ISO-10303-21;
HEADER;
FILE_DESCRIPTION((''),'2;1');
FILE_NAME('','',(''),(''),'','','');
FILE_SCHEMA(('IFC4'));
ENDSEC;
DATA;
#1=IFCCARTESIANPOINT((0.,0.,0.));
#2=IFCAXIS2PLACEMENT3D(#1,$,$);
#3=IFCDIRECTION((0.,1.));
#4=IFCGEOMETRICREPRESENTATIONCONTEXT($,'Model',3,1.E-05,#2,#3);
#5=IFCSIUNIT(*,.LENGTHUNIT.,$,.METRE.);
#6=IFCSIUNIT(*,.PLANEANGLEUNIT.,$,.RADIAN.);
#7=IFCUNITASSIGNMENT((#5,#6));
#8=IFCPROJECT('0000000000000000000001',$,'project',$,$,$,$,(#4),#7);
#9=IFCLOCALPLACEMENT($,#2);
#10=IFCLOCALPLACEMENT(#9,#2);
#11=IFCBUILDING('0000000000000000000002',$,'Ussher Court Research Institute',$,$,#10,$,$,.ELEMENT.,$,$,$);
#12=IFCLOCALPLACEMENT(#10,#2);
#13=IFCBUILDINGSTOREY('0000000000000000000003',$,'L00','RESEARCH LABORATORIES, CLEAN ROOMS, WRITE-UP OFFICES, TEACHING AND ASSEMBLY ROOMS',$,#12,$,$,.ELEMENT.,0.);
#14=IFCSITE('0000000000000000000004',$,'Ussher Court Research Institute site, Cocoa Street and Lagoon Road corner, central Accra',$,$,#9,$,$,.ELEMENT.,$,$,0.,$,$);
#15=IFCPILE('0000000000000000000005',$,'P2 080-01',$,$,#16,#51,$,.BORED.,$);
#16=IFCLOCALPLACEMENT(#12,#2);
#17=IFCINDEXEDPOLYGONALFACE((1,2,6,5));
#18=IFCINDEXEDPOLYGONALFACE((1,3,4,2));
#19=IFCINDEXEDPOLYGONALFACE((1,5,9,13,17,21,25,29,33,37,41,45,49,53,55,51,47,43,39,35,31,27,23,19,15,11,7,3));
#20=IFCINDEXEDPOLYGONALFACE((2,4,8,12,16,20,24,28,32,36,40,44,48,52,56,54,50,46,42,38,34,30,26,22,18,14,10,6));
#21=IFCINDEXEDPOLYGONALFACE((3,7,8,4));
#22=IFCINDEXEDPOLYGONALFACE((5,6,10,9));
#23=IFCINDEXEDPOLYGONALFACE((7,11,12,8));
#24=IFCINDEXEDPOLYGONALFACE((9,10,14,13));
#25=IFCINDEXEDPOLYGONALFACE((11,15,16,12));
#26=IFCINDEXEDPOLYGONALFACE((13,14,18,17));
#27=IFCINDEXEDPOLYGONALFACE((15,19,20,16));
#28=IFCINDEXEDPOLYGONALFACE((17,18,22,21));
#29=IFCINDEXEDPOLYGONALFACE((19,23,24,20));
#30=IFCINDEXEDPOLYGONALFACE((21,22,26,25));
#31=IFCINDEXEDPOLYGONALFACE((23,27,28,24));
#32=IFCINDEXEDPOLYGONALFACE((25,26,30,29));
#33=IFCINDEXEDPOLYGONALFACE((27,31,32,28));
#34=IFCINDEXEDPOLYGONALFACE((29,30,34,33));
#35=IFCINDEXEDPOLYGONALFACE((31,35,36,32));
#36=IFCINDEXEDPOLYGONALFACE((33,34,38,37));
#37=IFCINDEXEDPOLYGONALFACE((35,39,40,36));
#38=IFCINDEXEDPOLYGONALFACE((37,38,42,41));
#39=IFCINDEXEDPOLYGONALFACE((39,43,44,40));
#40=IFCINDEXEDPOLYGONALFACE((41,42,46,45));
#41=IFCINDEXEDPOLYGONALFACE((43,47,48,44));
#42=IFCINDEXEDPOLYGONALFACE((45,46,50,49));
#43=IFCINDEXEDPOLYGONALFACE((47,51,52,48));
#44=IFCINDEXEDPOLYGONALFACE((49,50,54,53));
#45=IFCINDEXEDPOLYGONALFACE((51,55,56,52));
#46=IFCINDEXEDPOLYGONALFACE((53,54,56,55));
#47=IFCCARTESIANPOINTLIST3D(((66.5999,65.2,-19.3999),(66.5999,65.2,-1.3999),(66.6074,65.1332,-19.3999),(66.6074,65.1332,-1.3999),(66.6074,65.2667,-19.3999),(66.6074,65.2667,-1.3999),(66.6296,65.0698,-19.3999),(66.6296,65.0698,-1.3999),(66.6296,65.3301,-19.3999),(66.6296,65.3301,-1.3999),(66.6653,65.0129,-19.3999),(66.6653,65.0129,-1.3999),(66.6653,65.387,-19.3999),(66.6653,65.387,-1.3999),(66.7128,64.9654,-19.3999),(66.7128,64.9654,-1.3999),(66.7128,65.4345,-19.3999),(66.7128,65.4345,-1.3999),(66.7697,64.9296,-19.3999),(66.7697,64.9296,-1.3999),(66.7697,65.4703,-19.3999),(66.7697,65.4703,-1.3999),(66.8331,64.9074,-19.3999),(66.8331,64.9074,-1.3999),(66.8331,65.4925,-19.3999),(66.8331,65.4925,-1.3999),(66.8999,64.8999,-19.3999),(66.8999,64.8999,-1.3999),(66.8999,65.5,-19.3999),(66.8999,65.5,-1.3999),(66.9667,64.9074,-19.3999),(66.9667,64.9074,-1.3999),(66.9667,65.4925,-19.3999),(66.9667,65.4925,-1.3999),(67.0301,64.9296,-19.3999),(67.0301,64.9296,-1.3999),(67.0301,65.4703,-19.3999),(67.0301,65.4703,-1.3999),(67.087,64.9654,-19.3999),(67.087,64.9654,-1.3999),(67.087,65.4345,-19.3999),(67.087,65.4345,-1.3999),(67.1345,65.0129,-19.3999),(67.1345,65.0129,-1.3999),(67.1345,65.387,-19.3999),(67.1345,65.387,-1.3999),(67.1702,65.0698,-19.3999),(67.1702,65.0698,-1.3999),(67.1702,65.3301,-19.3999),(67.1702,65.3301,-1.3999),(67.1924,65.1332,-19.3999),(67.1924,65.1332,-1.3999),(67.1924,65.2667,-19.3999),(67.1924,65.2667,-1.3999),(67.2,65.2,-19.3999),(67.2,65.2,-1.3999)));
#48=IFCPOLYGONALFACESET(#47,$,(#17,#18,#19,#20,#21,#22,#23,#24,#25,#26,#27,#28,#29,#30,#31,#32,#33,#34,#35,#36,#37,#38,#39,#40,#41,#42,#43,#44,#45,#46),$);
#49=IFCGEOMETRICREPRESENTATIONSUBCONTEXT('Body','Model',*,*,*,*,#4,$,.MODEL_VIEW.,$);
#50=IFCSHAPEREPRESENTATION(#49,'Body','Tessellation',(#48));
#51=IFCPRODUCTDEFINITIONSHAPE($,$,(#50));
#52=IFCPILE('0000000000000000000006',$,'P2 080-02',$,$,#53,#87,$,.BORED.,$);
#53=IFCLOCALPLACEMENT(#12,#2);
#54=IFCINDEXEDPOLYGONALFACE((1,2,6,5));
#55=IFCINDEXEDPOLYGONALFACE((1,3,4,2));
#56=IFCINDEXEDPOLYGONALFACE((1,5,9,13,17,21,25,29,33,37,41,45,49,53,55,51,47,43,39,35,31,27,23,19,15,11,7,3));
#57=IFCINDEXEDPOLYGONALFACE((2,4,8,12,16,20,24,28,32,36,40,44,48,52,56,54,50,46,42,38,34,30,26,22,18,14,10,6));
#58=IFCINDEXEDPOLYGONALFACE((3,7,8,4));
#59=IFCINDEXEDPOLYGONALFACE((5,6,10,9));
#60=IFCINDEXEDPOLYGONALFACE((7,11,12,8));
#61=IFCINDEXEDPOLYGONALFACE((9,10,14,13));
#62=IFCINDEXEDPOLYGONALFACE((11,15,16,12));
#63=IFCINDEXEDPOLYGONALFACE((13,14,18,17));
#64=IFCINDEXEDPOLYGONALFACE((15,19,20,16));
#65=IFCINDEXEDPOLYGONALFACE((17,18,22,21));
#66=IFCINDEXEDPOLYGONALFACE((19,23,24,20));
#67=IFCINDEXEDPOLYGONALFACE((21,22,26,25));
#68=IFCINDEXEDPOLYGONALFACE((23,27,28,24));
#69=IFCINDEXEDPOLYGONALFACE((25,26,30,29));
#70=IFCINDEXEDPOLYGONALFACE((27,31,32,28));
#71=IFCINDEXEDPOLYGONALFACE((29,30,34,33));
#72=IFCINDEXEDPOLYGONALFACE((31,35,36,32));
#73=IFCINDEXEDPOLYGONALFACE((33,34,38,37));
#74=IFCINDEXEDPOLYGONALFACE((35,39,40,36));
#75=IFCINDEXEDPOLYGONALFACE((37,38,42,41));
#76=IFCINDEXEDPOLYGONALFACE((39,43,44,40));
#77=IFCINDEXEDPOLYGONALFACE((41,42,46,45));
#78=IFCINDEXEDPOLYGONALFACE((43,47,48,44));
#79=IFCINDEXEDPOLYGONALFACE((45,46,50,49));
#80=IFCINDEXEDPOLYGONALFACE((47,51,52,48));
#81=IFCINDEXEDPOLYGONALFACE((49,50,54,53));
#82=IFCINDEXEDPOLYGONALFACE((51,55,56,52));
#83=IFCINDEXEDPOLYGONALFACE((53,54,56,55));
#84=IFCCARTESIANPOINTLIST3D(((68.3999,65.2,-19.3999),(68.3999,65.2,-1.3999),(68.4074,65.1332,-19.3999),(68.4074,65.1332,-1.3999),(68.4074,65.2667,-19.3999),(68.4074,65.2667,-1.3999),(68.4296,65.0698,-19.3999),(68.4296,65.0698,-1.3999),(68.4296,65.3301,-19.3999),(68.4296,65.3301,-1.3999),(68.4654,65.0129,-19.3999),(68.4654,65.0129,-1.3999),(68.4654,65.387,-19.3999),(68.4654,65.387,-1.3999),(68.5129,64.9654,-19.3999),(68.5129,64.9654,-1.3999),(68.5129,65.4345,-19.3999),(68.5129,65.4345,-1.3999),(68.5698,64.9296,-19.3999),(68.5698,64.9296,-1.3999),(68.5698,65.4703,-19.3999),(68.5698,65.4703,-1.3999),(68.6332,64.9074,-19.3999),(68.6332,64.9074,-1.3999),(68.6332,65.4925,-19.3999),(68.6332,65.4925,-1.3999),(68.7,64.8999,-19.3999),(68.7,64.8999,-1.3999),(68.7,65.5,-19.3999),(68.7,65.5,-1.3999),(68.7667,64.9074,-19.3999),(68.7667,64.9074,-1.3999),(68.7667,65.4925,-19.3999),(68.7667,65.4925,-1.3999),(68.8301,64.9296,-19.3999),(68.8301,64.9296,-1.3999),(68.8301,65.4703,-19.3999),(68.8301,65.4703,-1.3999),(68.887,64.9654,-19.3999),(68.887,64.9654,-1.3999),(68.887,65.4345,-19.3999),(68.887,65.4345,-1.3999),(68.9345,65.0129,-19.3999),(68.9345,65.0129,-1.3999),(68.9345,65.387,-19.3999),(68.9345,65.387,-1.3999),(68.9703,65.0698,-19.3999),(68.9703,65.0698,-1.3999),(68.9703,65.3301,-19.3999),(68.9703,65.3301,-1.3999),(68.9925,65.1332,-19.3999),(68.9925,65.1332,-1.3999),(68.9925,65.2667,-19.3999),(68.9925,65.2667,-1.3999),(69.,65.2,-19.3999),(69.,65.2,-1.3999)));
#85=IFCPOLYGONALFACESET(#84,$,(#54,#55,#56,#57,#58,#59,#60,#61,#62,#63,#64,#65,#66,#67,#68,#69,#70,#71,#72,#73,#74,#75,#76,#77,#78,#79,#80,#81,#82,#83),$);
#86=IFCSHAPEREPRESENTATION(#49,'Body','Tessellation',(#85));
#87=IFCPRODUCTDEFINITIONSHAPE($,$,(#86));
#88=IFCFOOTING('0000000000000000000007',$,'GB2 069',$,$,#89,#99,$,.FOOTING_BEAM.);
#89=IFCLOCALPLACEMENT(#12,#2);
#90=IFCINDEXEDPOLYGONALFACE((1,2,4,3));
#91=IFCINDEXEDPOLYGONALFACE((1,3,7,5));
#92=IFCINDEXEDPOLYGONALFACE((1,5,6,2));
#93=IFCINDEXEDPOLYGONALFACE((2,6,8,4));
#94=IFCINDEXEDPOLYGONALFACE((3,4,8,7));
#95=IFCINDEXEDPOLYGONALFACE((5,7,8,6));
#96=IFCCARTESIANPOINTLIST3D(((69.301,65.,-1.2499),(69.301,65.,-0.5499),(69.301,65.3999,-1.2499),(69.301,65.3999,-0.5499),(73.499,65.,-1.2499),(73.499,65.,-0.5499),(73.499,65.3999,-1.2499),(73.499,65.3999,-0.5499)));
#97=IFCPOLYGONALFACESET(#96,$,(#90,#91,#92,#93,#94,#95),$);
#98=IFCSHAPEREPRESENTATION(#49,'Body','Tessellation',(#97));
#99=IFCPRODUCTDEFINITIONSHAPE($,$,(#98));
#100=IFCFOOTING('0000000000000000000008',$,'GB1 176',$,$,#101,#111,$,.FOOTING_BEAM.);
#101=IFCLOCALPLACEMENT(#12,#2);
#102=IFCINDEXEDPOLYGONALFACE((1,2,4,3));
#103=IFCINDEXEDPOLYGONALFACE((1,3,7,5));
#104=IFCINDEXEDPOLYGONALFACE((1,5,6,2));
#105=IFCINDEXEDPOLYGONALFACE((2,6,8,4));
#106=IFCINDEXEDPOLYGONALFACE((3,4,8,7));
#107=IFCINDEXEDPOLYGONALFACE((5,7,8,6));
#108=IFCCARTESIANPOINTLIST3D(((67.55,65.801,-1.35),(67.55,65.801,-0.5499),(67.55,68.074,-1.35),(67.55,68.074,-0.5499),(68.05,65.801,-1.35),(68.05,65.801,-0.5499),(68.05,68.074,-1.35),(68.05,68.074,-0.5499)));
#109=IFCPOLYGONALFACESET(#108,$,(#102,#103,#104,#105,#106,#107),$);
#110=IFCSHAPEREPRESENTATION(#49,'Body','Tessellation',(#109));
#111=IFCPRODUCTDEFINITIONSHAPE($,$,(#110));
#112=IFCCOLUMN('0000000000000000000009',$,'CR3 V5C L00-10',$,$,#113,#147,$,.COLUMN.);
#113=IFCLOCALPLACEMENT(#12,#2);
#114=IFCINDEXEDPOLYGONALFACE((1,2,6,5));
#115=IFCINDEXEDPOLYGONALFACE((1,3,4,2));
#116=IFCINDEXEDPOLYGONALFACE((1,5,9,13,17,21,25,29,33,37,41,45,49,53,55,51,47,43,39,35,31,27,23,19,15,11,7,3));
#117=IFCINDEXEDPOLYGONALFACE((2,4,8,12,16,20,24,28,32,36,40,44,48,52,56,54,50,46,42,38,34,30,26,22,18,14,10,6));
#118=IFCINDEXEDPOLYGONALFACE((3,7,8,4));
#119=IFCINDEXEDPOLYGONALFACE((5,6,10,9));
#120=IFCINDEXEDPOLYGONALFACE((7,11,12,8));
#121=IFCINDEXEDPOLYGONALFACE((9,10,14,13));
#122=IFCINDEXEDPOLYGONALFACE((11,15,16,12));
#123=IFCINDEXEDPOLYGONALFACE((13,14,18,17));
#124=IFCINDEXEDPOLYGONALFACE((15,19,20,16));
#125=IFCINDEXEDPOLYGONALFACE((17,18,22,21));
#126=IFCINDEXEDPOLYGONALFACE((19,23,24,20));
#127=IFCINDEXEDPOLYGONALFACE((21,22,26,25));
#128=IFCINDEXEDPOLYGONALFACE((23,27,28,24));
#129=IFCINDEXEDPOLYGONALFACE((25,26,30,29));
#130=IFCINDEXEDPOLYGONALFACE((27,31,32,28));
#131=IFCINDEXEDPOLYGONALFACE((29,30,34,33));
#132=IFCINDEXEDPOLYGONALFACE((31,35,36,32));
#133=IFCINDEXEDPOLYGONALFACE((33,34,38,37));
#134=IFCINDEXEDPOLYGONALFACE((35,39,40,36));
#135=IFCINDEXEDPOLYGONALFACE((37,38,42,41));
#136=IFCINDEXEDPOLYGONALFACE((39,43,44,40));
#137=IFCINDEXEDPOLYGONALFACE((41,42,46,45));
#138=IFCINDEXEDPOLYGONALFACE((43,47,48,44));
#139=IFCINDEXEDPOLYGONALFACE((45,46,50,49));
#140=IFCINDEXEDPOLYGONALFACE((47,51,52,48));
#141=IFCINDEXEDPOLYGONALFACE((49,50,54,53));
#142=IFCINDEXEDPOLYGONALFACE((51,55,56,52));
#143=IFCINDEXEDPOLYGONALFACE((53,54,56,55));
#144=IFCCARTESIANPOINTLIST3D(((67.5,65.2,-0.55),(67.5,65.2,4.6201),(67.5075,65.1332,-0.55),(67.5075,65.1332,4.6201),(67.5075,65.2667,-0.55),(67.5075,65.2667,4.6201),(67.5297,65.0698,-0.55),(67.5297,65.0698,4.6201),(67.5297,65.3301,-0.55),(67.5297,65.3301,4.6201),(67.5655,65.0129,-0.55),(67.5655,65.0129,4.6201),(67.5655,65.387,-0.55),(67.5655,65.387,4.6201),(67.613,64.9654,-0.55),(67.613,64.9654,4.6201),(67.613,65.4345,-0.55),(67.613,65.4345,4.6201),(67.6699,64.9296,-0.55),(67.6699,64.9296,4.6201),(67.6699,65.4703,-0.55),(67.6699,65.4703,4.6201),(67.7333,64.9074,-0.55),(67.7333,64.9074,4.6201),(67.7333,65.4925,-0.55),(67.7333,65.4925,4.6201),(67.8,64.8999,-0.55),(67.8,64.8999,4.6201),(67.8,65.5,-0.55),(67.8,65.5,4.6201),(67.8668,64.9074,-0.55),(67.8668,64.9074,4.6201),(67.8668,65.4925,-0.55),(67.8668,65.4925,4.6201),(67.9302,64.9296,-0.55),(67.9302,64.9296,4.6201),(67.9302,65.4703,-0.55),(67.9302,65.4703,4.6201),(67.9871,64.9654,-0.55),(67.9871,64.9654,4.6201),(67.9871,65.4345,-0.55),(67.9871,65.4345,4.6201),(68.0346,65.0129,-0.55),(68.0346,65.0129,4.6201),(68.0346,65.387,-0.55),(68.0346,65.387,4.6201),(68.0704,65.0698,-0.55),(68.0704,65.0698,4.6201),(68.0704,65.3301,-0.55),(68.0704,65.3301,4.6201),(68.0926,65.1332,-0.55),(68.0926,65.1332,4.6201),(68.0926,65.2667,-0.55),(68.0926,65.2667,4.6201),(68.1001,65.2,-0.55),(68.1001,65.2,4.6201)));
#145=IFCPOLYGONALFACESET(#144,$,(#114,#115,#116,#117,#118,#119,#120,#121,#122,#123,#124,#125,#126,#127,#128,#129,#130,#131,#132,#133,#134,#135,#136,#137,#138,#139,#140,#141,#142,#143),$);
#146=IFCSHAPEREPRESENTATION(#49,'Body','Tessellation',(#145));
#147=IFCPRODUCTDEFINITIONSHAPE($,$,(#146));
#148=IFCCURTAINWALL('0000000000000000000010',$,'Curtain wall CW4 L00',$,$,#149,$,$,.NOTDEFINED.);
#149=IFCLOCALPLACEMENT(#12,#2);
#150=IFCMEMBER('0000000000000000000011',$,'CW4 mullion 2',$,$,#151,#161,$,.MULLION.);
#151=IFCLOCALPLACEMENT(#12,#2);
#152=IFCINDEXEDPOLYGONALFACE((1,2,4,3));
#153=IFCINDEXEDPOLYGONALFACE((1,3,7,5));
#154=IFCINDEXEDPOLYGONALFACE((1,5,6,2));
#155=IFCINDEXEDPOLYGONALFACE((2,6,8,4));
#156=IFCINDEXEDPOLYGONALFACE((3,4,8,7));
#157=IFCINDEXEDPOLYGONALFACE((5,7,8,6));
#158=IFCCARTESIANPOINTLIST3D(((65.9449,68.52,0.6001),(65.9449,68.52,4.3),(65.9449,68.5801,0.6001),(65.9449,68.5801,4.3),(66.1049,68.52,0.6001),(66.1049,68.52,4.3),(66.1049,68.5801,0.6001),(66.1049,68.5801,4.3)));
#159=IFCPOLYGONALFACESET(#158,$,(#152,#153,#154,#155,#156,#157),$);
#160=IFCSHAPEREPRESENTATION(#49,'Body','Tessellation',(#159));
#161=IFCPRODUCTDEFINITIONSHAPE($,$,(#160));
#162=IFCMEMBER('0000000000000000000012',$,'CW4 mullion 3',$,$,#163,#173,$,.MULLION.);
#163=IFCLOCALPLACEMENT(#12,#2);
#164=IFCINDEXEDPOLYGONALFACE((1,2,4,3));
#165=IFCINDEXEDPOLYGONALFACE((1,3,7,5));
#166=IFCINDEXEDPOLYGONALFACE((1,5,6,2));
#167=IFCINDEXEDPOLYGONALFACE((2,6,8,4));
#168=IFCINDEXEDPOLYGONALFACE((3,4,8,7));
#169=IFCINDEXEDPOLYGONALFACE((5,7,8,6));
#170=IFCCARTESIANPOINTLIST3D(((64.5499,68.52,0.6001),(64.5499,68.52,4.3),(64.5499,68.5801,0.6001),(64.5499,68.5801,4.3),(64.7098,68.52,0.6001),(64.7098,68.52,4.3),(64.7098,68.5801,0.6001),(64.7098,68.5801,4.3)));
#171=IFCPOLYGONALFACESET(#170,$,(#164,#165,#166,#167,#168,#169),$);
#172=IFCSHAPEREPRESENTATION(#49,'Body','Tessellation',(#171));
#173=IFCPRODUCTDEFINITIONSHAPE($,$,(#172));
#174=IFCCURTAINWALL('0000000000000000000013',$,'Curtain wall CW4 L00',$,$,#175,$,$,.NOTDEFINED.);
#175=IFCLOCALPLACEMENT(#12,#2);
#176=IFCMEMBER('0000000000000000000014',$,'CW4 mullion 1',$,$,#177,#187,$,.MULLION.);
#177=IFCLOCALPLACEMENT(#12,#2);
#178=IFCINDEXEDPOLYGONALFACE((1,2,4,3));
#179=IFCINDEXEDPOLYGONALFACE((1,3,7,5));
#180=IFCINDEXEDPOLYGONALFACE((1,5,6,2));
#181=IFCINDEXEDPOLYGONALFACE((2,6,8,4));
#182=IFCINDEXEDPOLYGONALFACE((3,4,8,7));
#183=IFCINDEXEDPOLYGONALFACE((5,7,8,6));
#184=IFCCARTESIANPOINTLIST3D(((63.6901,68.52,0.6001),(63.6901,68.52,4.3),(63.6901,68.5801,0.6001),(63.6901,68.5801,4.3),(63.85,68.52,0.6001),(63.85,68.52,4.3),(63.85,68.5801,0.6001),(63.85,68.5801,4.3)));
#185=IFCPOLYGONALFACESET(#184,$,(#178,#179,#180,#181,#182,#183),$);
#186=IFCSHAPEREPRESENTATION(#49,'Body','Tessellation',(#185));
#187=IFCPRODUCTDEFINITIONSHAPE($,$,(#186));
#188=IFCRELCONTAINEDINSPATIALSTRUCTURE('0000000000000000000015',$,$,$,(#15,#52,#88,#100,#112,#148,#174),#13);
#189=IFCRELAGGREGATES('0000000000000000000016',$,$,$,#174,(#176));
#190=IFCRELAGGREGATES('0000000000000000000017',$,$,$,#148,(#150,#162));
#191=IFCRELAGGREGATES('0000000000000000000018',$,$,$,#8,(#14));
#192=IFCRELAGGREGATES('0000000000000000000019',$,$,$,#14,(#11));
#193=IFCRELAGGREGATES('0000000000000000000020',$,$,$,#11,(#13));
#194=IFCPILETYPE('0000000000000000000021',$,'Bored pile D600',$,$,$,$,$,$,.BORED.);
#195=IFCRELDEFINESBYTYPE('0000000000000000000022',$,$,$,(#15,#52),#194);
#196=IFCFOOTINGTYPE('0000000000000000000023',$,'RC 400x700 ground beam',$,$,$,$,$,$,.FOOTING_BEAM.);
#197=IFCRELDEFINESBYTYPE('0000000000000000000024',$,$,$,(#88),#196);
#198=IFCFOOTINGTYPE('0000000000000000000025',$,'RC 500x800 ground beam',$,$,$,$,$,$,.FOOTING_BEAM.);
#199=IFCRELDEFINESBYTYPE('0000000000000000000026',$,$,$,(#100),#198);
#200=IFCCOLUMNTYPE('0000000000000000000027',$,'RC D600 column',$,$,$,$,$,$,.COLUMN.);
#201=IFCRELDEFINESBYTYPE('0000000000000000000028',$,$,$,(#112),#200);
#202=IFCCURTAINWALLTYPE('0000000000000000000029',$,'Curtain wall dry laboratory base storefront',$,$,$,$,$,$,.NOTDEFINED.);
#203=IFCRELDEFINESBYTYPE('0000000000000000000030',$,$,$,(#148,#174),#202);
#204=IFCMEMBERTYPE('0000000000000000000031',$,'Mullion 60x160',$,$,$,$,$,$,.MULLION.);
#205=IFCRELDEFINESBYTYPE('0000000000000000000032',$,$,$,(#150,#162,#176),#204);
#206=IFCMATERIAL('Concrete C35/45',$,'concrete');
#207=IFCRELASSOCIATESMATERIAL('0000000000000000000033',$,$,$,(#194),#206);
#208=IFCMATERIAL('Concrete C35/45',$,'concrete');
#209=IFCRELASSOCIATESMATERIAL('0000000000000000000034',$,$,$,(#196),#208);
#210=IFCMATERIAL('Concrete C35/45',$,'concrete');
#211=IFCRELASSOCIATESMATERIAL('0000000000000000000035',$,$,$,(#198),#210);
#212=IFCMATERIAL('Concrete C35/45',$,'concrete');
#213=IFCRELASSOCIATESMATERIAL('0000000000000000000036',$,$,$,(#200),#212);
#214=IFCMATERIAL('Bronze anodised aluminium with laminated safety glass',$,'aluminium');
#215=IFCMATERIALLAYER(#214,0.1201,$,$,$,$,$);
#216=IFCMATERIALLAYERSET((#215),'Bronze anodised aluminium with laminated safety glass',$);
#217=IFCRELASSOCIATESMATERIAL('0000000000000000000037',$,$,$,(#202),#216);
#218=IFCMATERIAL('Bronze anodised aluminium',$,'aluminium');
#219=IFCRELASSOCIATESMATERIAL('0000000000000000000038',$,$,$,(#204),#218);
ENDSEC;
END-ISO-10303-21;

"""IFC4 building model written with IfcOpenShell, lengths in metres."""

from ifc_helpers import new_model, si_unit, direction, frame, origin, origin_2d, place, context, subcontext, project, spatial, rectangle, circle, extrude, material, layer, layer_set, material_profile, profile_set, type_object, element, aggregate, save


model = new_model("IFC4")

# Units and contexts
model_context = context("Model", 3, precision=1e-05, world=origin(), true_north=direction((0.0, 1.0)))
body_context = subcontext(model_context, "Body", "Model", "MODEL_VIEW")
ifc_project = project(units=[si_unit("LENGTHUNIT", "METRE"), si_unit("PLANEANGLEUNIT", "RADIAN")], contexts=[model_context])

# Site, building, storey
site_placement = place(None, origin())
site = spatial("IfcSite", under=ifc_project, at=site_placement, Name="Ussher Court Research Institute site, Cocoa Street and Lagoon Road corner, central Accra", CompositionType="ELEMENT", RefElevation=0.0)
building_placement = place(site_placement, origin())
building = spatial("IfcBuilding", under=site, at=building_placement, Name="Ussher Court Research Institute", CompositionType="ELEMENT")
storey_placement = place(building_placement, origin())
storey = spatial("IfcBuildingStorey", under=building, at=storey_placement, Name="L00", Description="RESEARCH LABORATORIES, CLEAN ROOMS, WRITE-UP OFFICES, TEACHING AND ASSEMBLY ROOMS", CompositionType="ELEMENT", Elevation=0.0)

# Piles
ifc_material_1 = material(Name="Concrete C35/45", Category="concrete")
ifc_material_profile_1 = material_profile(ifc_material_1, circle(Radius=0.3, at=origin_2d()), Name="RC D600")
ifc_profile_set_1 = profile_set([ifc_material_profile_1], Name="Concrete C35/45")
pile_type = type_object("IfcPileType", Name="Bored pile D600", PredefinedType="BORED", material=ifc_profile_set_1)
for number, where, z_axis, x_axis, name in (
    (1, (66.8999, 65.2, -1.3999), (0.0, 0.0, -1.0), (1.0, 0.0, 0.0), "P2 080-01"),
    (2, (68.7, 65.2, -1.3999), (0.0, 0.0, -1.0), (1.0, 0.0, 0.0), "P2 080-02"),
):
    element("IfcPile", number, at=place(storey_placement, frame(where, z_axis=z_axis, x_axis=x_axis)), inside=storey, type_object=pile_type, Name=name, PredefinedType="BORED", context=body_context, shape_type="SweptSolid", body=[
        extrude(circle(Radius=0.3, at=origin_2d()), origin(), (0.0, 0.0, 1.0), 18.0),
    ])

# Footings
ifc_material_2 = material(Name="Concrete C35/45", Category="concrete")
ifc_material_profile_2 = material_profile(ifc_material_2, rectangle(XDim=0.3999, YDim=0.7, at=origin_2d()), Name="RC 400x700")
ifc_profile_set_2 = profile_set([ifc_material_profile_2], Name="Concrete C35/45")
footing_type_1 = type_object("IfcFootingType", Name="RC 400x700 ground beam", PredefinedType="FOOTING_BEAM", material=ifc_profile_set_2)
footing_1_placement = place(storey_placement, frame((69.301, 65.2, -0.8999), z_axis=(1.0, 0.0, 0.0), x_axis=(0.0, 1.0, 0.0)))
element("IfcFooting", 3, at=footing_1_placement, inside=storey, type_object=footing_type_1, Name="GB2 069", PredefinedType="FOOTING_BEAM", context=body_context, shape_type="SweptSolid", body=[
    extrude(rectangle(XDim=0.3999, YDim=0.7, at=origin_2d()), origin(), (0.0, 0.0, 1.0), 4.198),
])
ifc_material_3 = material(Name="Concrete C35/45", Category="concrete")
ifc_material_profile_3 = material_profile(ifc_material_3, rectangle(XDim=0.5, YDim=0.8, at=origin_2d()), Name="RC 500x800")
ifc_profile_set_3 = profile_set([ifc_material_profile_3], Name="Concrete C35/45")
footing_type_2 = type_object("IfcFootingType", Name="RC 500x800 ground beam", PredefinedType="FOOTING_BEAM", material=ifc_profile_set_3)
footing_2_placement = place(storey_placement, frame((67.8, 65.801, -0.95), z_axis=(0.0, 1.0, 0.0), x_axis=(-1.0, 0.0, 0.0)))
element("IfcFooting", 4, at=footing_2_placement, inside=storey, type_object=footing_type_2, Name="GB1 176", PredefinedType="FOOTING_BEAM", context=body_context, shape_type="SweptSolid", body=[
    extrude(rectangle(XDim=0.5, YDim=0.8, at=origin_2d()), origin(), (0.0, 0.0, 1.0), 2.2729),
])

# Column
ifc_material_4 = material(Name="Concrete C35/45", Category="concrete")
ifc_material_profile_4 = material_profile(ifc_material_4, circle(Radius=0.3, at=origin_2d()), Name="RC D600")
ifc_profile_set_4 = profile_set([ifc_material_profile_4], Name="Concrete C35/45")
column_type = type_object("IfcColumnType", Name="RC D600 column", PredefinedType="COLUMN", material=ifc_profile_set_4)
column_placement = place(storey_placement, frame((67.8, 65.2, -0.55), z_axis=(0.0, 0.0, 1.0), x_axis=(1.0, 0.0, 0.0)))
element("IfcColumn", 5, at=column_placement, inside=storey, type_object=column_type, Name="CR3 V5C L00-10", PredefinedType="COLUMN", context=body_context, shape_type="SweptSolid", body=[
    extrude(circle(Radius=0.3, at=origin_2d()), origin(), (0.0, 0.0, 1.0), 5.1702),
])

# Curtain wall, members
ifc_material_5 = material(Name="Bronze anodised aluminium with laminated safety glass", Category="aluminium")
ifc_layer_1 = layer(ifc_material_5, 0.1201)
ifc_layer_set_1 = layer_set([ifc_layer_1], Name="Bronze anodised aluminium with laminated safety glass")
curtain_wall_type = type_object("IfcCurtainWallType", Name="Curtain wall dry laboratory base storefront", PredefinedType="NOTDEFINED", material=ifc_layer_set_1)
curtain_wall_1_placement = place(storey_placement, origin())
curtain_wall_1 = element("IfcCurtainWall", 6, at=curtain_wall_1_placement, inside=storey, type_object=curtain_wall_type, Name="Curtain wall CW4 L00", PredefinedType="NOTDEFINED")
ifc_material_6 = material(Name="Bronze anodised aluminium", Category="aluminium")
ifc_material_profile_5 = material_profile(ifc_material_6, rectangle(XDim=0.0601, YDim=0.1599, at=origin_2d()), Name="Mullion 60x160")
ifc_profile_set_5 = profile_set([ifc_material_profile_5], Name="Bronze anodised aluminium")
member_type_1 = type_object("IfcMemberType", Name="Mullion 60x160", PredefinedType="MULLION", material=ifc_profile_set_5)
member_1_placement = place(storey_placement, frame((66.0249, 68.55, 0.6001), z_axis=(0.0, 0.0, 1.0), x_axis=(0.0, -1.0, 0.0)))
member_1 = element("IfcMember", 7, at=member_1_placement, type_object=member_type_1, Name="CW4 mullion 2", PredefinedType="MULLION", context=body_context, shape_type="SweptSolid", body=[
    extrude(rectangle(XDim=0.0601, YDim=0.1599, at=origin_2d()), origin(), (0.0, 0.0, 1.0), 3.7),
])
member_2_placement = place(storey_placement, frame((64.6299, 68.55, 0.6001), z_axis=(0.0, 0.0, 1.0), x_axis=(0.0, -1.0, 0.0)))
member_2 = element("IfcMember", 8, at=member_2_placement, type_object=member_type_1, Name="CW4 mullion 3", PredefinedType="MULLION", context=body_context, shape_type="SweptSolid", body=[
    extrude(rectangle(XDim=0.0601, YDim=0.1599, at=origin_2d()), origin(), (0.0, 0.0, 1.0), 3.7),
])

# Curtain wall, member
curtain_wall_2_placement = place(storey_placement, origin())
curtain_wall_2 = element("IfcCurtainWall", 9, at=curtain_wall_2_placement, inside=storey, type_object=curtain_wall_type, Name="Curtain wall CW4 L00", PredefinedType="NOTDEFINED")
member_3_placement = place(storey_placement, frame((63.77, 68.55, 0.6001), z_axis=(0.0, 0.0, 1.0), x_axis=(0.0, -1.0, 0.0)))
member_3 = element("IfcMember", 10, at=member_3_placement, type_object=member_type_1, Name="CW4 mullion 1", PredefinedType="MULLION", context=body_context, shape_type="SweptSolid", body=[
    extrude(rectangle(XDim=0.0601, YDim=0.1599, at=origin_2d()), origin(), (0.0, 0.0, 1.0), 3.7),
])
aggregate(curtain_wall_2, [member_3])

aggregate(curtain_wall_1, [member_1, member_2])

save(model, "model.ifc")
